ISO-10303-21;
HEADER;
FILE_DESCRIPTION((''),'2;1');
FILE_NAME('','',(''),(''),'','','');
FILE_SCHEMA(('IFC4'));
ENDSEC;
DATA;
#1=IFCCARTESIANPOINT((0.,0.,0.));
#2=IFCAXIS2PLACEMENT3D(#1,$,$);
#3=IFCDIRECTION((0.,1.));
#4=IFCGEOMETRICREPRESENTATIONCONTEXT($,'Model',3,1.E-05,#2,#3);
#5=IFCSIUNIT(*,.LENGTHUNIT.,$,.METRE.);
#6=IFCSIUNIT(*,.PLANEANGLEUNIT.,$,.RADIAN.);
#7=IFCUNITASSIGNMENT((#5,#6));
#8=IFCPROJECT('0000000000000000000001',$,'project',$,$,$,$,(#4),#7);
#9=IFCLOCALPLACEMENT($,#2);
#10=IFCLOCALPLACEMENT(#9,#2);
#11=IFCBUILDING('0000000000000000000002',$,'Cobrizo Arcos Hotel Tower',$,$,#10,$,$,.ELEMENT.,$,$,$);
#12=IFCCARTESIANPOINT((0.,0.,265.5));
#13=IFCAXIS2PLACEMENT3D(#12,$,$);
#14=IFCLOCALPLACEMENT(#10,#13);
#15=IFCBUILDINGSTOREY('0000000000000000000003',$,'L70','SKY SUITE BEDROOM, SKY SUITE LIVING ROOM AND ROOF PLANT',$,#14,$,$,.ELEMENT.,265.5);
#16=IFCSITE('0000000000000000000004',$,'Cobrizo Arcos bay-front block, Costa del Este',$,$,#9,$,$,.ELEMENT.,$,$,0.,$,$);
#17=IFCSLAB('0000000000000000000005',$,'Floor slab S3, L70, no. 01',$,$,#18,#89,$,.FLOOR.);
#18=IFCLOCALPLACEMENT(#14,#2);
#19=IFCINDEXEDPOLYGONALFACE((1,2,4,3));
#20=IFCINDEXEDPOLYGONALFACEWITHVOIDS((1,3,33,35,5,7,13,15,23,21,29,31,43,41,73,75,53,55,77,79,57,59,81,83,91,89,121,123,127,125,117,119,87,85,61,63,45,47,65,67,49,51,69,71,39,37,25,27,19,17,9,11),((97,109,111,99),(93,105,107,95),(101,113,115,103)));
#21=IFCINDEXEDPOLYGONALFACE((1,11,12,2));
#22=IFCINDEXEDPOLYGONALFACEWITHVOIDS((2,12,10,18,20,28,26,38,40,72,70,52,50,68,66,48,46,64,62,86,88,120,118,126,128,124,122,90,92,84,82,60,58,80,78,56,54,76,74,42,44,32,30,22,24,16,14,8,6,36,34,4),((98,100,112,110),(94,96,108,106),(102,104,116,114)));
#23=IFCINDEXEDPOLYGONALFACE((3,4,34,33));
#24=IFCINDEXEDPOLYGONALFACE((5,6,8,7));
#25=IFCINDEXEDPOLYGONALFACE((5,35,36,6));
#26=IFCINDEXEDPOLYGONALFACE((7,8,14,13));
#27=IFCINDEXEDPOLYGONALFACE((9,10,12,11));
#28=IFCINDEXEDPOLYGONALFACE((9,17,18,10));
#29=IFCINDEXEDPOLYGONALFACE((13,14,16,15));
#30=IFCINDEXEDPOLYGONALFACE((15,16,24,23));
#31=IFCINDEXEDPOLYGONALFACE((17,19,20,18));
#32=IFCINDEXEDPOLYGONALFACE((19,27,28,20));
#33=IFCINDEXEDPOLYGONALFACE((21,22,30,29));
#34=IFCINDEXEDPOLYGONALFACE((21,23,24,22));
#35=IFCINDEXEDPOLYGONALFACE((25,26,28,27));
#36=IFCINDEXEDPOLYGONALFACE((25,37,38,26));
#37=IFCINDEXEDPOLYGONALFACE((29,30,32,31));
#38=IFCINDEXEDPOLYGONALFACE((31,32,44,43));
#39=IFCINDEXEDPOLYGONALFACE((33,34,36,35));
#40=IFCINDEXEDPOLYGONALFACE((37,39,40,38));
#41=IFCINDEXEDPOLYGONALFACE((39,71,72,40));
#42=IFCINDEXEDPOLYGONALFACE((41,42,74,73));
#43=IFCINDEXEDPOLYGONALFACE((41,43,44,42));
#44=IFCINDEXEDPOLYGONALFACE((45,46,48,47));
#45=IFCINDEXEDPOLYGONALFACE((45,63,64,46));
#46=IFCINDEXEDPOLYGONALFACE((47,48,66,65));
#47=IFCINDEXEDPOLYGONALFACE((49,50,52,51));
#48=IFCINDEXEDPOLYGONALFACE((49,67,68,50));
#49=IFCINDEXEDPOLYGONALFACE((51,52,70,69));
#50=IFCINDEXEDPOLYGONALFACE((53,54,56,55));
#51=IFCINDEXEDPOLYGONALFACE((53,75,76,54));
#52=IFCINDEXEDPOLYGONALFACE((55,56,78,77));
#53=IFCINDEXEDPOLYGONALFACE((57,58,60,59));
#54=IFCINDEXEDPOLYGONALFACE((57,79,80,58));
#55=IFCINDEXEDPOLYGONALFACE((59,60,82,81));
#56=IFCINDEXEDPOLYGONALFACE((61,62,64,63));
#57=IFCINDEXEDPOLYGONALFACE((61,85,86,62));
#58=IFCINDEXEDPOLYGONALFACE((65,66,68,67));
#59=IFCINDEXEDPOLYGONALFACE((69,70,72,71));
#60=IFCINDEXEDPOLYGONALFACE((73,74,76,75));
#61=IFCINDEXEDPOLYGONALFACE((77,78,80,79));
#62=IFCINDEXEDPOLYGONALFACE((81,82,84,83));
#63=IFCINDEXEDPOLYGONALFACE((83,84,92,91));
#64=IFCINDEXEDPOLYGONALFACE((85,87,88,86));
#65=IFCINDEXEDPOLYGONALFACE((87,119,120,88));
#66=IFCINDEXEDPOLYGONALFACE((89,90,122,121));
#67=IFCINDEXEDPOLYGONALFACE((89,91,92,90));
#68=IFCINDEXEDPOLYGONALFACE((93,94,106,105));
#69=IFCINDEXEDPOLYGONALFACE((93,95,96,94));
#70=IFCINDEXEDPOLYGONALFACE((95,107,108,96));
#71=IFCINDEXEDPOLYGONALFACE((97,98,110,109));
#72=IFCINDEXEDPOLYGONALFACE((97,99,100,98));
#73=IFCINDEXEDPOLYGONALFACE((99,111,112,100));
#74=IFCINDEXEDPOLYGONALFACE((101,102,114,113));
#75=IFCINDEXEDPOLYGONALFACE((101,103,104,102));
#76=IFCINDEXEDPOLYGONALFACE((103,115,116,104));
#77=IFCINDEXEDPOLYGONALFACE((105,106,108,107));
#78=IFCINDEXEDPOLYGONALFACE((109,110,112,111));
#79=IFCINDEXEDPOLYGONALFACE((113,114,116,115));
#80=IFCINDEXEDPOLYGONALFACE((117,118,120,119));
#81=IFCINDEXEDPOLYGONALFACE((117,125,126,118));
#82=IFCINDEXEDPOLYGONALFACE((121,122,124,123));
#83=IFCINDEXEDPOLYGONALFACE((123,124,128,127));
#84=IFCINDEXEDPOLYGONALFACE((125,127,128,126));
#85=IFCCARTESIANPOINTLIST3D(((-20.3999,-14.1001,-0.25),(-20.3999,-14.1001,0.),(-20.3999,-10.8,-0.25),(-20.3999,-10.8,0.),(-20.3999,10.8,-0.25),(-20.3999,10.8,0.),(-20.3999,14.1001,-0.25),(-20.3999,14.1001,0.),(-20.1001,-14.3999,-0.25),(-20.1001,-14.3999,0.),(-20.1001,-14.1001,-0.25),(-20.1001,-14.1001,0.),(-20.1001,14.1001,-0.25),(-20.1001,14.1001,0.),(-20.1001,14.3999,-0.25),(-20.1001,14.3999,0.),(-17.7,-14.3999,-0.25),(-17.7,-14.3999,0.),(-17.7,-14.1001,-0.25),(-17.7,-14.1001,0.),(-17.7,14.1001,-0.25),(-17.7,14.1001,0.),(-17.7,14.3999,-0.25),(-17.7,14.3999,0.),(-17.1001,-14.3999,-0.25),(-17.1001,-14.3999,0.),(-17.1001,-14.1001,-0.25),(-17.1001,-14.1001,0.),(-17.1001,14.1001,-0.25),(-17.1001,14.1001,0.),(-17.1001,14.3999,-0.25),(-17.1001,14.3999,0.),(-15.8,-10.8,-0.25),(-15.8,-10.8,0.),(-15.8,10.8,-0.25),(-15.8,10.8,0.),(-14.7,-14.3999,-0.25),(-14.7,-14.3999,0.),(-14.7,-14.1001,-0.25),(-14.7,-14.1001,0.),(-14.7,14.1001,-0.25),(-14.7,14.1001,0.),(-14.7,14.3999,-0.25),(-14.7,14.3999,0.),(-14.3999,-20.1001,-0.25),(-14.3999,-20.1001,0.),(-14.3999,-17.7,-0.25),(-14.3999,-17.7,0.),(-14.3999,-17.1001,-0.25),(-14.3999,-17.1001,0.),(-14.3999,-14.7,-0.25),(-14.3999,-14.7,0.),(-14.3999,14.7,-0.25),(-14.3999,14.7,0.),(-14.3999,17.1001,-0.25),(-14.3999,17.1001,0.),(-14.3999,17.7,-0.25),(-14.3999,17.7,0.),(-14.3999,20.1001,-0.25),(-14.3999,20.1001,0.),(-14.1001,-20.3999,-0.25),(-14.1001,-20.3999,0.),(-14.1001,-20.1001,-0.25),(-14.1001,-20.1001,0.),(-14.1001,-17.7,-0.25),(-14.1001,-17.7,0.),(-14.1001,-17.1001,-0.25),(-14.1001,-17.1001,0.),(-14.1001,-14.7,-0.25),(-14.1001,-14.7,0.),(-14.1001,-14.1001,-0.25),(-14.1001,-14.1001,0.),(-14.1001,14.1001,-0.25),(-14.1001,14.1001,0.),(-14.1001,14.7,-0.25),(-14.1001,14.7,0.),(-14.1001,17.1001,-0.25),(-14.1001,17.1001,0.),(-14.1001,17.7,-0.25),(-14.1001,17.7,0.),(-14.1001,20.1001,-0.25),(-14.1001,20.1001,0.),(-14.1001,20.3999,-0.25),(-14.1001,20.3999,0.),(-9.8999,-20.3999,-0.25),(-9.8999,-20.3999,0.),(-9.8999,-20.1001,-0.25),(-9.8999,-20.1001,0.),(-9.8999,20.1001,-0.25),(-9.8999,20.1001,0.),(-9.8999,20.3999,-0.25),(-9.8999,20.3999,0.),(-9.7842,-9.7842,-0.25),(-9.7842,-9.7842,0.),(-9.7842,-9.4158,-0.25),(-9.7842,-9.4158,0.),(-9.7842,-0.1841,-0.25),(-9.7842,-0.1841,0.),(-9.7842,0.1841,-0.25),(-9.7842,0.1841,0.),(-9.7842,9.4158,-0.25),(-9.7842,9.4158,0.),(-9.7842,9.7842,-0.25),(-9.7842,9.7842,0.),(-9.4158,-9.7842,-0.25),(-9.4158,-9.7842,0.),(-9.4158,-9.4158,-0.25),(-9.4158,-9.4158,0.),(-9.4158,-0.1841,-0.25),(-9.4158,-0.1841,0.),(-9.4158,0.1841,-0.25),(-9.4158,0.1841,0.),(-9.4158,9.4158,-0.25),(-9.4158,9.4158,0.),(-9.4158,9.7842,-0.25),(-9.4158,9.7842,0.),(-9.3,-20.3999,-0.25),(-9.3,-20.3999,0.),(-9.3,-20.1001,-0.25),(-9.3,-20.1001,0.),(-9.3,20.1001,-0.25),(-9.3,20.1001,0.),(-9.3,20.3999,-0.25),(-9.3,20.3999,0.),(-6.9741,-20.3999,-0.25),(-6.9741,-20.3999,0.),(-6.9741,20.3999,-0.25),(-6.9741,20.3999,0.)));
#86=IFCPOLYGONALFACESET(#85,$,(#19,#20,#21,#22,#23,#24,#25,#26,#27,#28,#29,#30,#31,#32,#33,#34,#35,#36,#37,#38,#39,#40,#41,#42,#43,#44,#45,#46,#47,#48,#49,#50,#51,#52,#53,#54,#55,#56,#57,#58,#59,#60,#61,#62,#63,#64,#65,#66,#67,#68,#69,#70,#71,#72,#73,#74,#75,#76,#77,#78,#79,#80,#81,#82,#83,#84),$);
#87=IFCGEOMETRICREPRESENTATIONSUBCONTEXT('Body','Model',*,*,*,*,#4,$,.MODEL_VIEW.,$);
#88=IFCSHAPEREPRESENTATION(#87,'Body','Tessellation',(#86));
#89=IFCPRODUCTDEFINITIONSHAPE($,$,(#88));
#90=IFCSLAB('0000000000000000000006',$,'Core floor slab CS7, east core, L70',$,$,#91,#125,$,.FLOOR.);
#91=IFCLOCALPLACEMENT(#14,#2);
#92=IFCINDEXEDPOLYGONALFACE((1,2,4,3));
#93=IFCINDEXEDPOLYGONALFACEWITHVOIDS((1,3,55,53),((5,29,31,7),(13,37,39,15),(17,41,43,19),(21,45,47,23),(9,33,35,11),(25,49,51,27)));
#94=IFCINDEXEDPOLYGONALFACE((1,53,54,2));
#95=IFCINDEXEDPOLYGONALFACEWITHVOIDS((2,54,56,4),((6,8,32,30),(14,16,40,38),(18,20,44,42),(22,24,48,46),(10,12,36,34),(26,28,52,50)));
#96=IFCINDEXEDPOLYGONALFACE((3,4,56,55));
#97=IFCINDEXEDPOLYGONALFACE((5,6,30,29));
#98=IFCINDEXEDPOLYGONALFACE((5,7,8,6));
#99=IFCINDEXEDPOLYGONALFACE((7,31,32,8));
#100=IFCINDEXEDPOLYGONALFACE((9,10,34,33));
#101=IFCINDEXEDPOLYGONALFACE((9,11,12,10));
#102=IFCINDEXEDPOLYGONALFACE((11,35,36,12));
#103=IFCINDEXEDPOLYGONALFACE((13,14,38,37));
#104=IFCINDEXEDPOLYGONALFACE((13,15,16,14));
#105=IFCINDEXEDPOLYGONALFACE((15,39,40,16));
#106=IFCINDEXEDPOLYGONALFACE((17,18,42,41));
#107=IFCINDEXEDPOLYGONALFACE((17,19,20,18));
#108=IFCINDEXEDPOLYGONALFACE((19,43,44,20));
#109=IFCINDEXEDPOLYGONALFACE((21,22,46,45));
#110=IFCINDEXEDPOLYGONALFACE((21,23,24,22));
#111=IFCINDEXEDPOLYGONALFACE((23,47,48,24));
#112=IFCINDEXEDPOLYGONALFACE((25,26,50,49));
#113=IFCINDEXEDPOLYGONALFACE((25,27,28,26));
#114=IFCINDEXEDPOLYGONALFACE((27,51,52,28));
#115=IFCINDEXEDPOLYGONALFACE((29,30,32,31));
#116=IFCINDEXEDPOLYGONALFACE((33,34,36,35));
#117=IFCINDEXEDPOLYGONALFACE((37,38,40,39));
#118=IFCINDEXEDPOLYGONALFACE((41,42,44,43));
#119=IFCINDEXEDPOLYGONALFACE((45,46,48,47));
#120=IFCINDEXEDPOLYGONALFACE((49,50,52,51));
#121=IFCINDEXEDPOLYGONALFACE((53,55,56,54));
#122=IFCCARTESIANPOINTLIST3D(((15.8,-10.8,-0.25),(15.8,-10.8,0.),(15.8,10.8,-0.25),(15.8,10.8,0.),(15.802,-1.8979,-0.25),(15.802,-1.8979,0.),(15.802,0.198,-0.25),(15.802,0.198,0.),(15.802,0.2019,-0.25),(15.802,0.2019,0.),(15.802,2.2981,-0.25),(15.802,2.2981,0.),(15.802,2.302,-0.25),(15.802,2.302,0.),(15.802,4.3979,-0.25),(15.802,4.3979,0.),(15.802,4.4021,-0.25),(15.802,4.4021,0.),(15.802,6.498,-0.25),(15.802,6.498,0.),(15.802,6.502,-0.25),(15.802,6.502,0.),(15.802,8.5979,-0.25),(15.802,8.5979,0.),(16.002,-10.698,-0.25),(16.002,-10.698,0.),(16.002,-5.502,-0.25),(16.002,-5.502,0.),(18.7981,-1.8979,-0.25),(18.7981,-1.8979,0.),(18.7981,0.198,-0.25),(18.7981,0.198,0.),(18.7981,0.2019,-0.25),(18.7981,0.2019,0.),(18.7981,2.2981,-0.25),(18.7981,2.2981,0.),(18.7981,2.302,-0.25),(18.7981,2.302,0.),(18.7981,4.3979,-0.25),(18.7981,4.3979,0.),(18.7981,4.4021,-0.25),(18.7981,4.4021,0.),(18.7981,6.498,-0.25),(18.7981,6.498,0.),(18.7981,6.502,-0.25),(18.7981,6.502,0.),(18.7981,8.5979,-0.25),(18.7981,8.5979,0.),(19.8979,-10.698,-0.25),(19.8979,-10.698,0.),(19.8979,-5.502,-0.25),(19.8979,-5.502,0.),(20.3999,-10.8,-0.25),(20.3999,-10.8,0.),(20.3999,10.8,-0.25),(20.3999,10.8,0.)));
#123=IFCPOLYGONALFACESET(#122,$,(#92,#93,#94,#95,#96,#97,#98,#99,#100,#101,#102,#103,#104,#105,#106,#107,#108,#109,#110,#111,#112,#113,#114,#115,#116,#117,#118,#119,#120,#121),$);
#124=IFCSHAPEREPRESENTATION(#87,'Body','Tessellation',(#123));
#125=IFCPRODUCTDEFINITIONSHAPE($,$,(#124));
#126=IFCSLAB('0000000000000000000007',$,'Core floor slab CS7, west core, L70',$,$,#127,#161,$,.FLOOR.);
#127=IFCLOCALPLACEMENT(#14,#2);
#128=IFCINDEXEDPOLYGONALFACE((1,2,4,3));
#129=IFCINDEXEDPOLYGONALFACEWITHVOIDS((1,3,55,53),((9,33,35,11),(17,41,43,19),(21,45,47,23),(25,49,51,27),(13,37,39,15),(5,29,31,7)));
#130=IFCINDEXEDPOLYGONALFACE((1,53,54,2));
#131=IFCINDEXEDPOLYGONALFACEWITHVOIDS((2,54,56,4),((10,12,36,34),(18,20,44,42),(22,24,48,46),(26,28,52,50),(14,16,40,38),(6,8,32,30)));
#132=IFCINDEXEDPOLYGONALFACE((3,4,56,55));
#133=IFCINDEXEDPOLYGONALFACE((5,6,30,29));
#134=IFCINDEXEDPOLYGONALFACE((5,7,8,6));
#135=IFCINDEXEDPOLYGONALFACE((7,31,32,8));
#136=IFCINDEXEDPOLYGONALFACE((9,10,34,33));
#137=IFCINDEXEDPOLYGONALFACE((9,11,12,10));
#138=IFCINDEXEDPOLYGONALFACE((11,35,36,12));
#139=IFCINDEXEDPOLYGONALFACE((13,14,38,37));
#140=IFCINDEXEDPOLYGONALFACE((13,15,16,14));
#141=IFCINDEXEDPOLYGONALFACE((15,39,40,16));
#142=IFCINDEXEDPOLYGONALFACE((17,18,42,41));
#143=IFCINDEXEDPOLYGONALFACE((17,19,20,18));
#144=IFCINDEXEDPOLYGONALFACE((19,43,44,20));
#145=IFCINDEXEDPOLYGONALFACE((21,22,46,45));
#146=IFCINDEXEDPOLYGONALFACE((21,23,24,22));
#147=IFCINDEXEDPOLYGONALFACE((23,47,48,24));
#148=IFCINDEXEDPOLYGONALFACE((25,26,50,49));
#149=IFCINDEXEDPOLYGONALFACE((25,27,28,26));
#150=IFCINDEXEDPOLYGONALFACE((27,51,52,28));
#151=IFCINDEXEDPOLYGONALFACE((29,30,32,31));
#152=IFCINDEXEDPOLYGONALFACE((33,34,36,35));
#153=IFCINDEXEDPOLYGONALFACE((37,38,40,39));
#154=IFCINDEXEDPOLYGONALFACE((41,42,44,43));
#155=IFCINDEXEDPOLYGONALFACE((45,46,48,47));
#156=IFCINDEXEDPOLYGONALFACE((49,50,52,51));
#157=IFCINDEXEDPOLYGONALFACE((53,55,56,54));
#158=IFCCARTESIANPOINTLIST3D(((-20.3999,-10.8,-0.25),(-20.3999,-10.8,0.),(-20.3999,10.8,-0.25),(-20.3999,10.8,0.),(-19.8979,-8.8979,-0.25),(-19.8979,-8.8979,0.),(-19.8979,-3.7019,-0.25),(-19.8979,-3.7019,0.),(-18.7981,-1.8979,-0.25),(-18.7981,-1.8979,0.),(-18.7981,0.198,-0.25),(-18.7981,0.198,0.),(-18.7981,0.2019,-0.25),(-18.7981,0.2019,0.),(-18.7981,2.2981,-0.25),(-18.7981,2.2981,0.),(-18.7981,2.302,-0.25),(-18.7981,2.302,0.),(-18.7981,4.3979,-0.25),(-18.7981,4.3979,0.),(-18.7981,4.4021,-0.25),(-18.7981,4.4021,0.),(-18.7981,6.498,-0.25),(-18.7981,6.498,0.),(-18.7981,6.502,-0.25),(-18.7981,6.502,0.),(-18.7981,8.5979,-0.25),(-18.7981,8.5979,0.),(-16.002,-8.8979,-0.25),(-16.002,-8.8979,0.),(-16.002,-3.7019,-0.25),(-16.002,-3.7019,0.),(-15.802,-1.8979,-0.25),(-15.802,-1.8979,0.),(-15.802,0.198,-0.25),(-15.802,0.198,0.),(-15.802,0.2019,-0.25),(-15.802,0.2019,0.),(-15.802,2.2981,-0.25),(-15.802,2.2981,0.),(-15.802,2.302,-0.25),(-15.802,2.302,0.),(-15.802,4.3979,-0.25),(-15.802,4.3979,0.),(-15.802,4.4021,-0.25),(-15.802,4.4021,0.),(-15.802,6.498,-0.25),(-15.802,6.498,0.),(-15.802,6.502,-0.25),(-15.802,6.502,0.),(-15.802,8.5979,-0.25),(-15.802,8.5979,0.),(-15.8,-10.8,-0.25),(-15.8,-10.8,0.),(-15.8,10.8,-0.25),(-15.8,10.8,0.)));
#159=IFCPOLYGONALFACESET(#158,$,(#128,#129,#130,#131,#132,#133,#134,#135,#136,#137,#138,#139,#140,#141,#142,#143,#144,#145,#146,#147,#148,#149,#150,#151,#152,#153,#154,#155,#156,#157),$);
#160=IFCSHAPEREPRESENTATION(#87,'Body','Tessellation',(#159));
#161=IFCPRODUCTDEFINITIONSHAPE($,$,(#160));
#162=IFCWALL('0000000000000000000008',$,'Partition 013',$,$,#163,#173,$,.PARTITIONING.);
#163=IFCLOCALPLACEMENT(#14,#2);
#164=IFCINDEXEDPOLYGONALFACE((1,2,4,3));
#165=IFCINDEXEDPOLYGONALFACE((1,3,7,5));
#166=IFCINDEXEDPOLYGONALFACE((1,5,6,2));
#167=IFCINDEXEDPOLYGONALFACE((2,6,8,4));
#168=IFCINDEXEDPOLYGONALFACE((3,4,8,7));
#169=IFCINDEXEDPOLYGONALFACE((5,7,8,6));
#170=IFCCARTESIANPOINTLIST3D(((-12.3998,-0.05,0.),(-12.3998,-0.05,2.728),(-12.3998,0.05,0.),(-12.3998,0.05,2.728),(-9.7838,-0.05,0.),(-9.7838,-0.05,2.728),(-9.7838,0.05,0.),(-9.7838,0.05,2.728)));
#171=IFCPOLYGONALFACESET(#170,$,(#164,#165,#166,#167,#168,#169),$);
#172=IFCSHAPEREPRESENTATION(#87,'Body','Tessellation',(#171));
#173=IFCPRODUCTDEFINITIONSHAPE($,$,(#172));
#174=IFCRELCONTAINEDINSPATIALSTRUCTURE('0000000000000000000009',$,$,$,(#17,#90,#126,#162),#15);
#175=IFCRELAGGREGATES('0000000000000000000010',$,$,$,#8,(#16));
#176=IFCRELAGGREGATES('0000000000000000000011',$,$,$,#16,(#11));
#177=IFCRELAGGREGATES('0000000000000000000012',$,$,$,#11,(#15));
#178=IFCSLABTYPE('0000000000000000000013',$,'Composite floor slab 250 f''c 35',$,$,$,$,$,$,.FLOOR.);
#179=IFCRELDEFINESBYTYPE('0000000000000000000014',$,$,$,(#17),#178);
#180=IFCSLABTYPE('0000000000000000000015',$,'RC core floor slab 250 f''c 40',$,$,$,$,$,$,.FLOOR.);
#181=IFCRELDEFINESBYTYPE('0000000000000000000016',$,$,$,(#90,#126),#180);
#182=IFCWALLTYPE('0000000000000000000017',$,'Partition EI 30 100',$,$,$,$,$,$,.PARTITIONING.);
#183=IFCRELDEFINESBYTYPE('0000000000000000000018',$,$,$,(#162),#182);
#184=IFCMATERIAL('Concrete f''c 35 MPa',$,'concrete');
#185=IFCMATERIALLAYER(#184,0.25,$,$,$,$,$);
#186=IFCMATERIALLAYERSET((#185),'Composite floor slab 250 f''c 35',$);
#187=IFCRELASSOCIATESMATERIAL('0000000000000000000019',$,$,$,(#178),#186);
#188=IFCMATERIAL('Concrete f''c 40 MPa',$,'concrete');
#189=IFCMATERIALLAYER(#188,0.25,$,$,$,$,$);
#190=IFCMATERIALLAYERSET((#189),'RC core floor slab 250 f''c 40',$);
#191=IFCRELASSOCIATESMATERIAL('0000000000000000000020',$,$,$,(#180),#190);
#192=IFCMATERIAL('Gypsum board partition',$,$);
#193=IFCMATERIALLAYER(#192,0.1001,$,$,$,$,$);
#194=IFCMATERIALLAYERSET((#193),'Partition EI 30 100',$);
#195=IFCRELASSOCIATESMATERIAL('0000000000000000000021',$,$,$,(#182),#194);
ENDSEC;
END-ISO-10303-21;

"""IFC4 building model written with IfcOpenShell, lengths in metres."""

from ifc_helpers import new_model, si_unit, direction, frame, frame_2d, origin, place, context, subcontext, project, spatial, polyline, rectangle, outline, extrude, material, layer, layer_set, type_object, element, save


model = new_model("IFC4")

# Units and contexts
model_context = context("Model", 3, precision=1e-05, world=origin(), true_north=direction((0.0, 1.0)))
body_context = subcontext(model_context, "Body", "Model", "MODEL_VIEW")
ifc_project = project(units=[si_unit("LENGTHUNIT", "METRE"), si_unit("PLANEANGLEUNIT", "RADIAN")], contexts=[model_context])

# Site, building, storey
site_placement = place(None, origin())
site = spatial("IfcSite", under=ifc_project, at=site_placement, Name="Cobrizo Arcos bay-front block, Costa del Este", CompositionType="ELEMENT", RefElevation=0.0)
building_placement = place(site_placement, origin())
building = spatial("IfcBuilding", under=site, at=building_placement, Name="Cobrizo Arcos Hotel Tower", CompositionType="ELEMENT")
storey_placement = place(building_placement, frame((0.0, 0.0, 265.5)))
storey = spatial("IfcBuildingStorey", under=building, at=storey_placement, Name="L70", Description="SKY SUITE BEDROOM, SKY SUITE LIVING ROOM AND ROOF PLANT", CompositionType="ELEMENT", Elevation=265.5)

# Slabs
ifc_material_1 = material(Name="Concrete f'c 35 MPa", Category="concrete")
ifc_layer_1 = layer(ifc_material_1, 0.25)
ifc_layer_set_1 = layer_set([ifc_layer_1], Name="Composite floor slab 250 f'c 35")
slab_type_1 = type_object("IfcSlabType", Name="Composite floor slab 250 f'c 35", PredefinedType="FLOOR", material=ifc_layer_set_1)
slab_1_placement = place(storey_placement, frame((0.0, 0.0, -0.25)))
element("IfcSlab", 1, at=slab_1_placement, inside=storey, type_object=slab_type_1, Name="Floor slab S3, L70, no. 01", PredefinedType="FLOOR", context=body_context, shape_type="SweptSolid", body=[
    extrude(outline(polyline([(-14.3999, -17.7), (-14.1001, -17.7), (-14.1001, -17.1001), (-14.3999, -17.1001), (-14.3999, -14.7), (-14.1001, -14.7), (-14.1001, -14.1001), (-14.7, -14.1001), (-14.7, -14.3999), (-17.1001, -14.3999), (-17.1001, -14.1001), (-17.7, -14.1001), (-17.7, -14.3999), (-20.1001, -14.3999), (-20.1001, -14.1001), (-20.3999, -14.1001), (-20.3999, -10.8), (-15.8, -10.8), (-15.8, 10.8), (-20.3999, 10.8), (-20.3999, 14.1001), (-20.1001, 14.1001), (-20.1001, 14.3999), (-17.7, 14.3999), (-17.7, 14.1001), (-17.1001, 14.1001), (-17.1001, 14.3999), (-14.7, 14.3999), (-14.7, 14.1001), (-14.1001, 14.1001), (-14.1001, 14.7), (-14.3999, 14.7), (-14.3999, 17.1001), (-14.1001, 17.1001), (-14.1001, 17.7), (-14.3999, 17.7), (-14.3999, 20.1001), (-14.1001, 20.1001), (-14.1001, 20.3999), (-9.8999, 20.3999), (-9.8999, 20.1001), (-9.3, 20.1001), (-9.3, 20.3999), (-6.9741, 20.3999), (-6.9741, -20.3999), (-9.3, -20.3999), (-9.3, -20.1001), (-9.8999, -20.1001), (-9.8999, -20.3999), (-14.1001, -20.3999), (-14.1001, -20.1001), (-14.3999, -20.1001), (-14.3999, -17.7)]), holes=[polyline([(-9.4158, -9.7842), (-9.4158, -9.4158), (-9.7842, -9.4158), (-9.7842, -9.7842), (-9.4158, -9.7842)]), polyline([(-9.4158, -0.1841), (-9.4158, 0.1841), (-9.7842, 0.1841), (-9.7842, -0.1841), (-9.4158, -0.1841)]), polyline([(-9.4158, 9.4158), (-9.4158, 9.7842), (-9.7842, 9.7842), (-9.7842, 9.4158), (-9.4158, 9.4158)])]), origin(), (0.0, 0.0, 1.0), 0.25),
])
ifc_material_2 = material(Name="Concrete f'c 40 MPa", Category="concrete")
ifc_layer_2 = layer(ifc_material_2, 0.25)
ifc_layer_set_2 = layer_set([ifc_layer_2], Name="RC core floor slab 250 f'c 40")
slab_type_2 = type_object("IfcSlabType", Name="RC core floor slab 250 f'c 40", PredefinedType="FLOOR", material=ifc_layer_set_2)
slab_2_placement = place(storey_placement, frame((0.0, 0.0, -0.25)))
element("IfcSlab", 2, at=slab_2_placement, inside=storey, type_object=slab_type_2, Name="Core floor slab CS7, east core, L70", PredefinedType="FLOOR", context=body_context, shape_type="SweptSolid", body=[
    extrude(outline(polyline([(15.8, 10.8), (20.3999, 10.8), (20.3999, -10.8), (15.8, -10.8), (15.8, 10.8)]), holes=[polyline([(19.8979, -10.698), (19.8979, -5.502), (16.002, -5.502), (16.002, -10.698), (19.8979, -10.698)]), polyline([(15.802, 0.198), (15.802, -1.8979), (18.7981, -1.8979), (18.7981, 0.198), (15.802, 0.198)]), polyline([(15.802, 2.2981), (15.802, 0.2019), (18.7981, 0.2019), (18.7981, 2.2981), (15.802, 2.2981)]), polyline([(15.802, 4.3979), (15.802, 2.302), (18.7981, 2.302), (18.7981, 4.3979), (15.802, 4.3979)]), polyline([(18.7981, 6.498), (15.802, 6.498), (15.802, 4.4021), (18.7981, 4.4021), (18.7981, 6.498)]), polyline([(18.7981, 8.5979), (15.802, 8.5979), (15.802, 6.502), (18.7981, 6.502), (18.7981, 8.5979)])]), origin(), (0.0, 0.0, 1.0), 0.25),
])
slab_3_placement = place(storey_placement, frame((0.0, 0.0, -0.25)))
element("IfcSlab", 3, at=slab_3_placement, inside=storey, type_object=slab_type_2, Name="Core floor slab CS7, west core, L70", PredefinedType="FLOOR", context=body_context, shape_type="SweptSolid", body=[
    extrude(outline(polyline([(-20.3999, 10.8), (-15.8, 10.8), (-15.8, -10.8), (-20.3999, -10.8), (-20.3999, 10.8)]), holes=[polyline([(-19.8979, -3.7019), (-19.8979, -8.8979), (-16.002, -8.8979), (-16.002, -3.7019), (-19.8979, -3.7019)]), polyline([(-18.7981, 0.198), (-18.7981, -1.8979), (-15.802, -1.8979), (-15.802, 0.198), (-18.7981, 0.198)]), polyline([(-18.7981, 2.2981), (-18.7981, 0.2019), (-15.802, 0.2019), (-15.802, 2.2981), (-18.7981, 2.2981)]), polyline([(-18.7981, 4.3979), (-18.7981, 2.302), (-15.802, 2.302), (-15.802, 4.3979), (-18.7981, 4.3979)]), polyline([(-15.802, 6.498), (-18.7981, 6.498), (-18.7981, 4.4021), (-15.802, 4.4021), (-15.802, 6.498)]), polyline([(-15.802, 8.5979), (-18.7981, 8.5979), (-18.7981, 6.502), (-15.802, 6.502), (-15.802, 8.5979)])]), origin(), (0.0, 0.0, 1.0), 0.25),
])

# Wall
ifc_material_3 = material(Name="Gypsum board partition")
ifc_layer_3 = layer(ifc_material_3, 0.1001)
ifc_layer_set_3 = layer_set([ifc_layer_3], Name="Partition EI 30 100")
wall_type_1 = type_object("IfcWallType", Name="Partition EI 30 100", PredefinedType="PARTITIONING", material=ifc_layer_set_3)
wall_1_placement = place(storey_placement, frame((-12.3999, 0.0, 0.0), z_axis=(0.0, 0.0, 1.0), x_axis=(1.0, 0.0, 0.0)))
element("IfcWall", 4, at=wall_1_placement, inside=storey, type_object=wall_type_1, Name="Partition 013", PredefinedType="PARTITIONING", context=body_context, shape_type="SweptSolid", body=[
    extrude(rectangle(XDim=2.616, YDim=0.1001, at=frame_2d((1.3081, 0.0))), origin(), (0.0, 0.0, 1.0), 2.728),
])

save(model, "model.ifc")
